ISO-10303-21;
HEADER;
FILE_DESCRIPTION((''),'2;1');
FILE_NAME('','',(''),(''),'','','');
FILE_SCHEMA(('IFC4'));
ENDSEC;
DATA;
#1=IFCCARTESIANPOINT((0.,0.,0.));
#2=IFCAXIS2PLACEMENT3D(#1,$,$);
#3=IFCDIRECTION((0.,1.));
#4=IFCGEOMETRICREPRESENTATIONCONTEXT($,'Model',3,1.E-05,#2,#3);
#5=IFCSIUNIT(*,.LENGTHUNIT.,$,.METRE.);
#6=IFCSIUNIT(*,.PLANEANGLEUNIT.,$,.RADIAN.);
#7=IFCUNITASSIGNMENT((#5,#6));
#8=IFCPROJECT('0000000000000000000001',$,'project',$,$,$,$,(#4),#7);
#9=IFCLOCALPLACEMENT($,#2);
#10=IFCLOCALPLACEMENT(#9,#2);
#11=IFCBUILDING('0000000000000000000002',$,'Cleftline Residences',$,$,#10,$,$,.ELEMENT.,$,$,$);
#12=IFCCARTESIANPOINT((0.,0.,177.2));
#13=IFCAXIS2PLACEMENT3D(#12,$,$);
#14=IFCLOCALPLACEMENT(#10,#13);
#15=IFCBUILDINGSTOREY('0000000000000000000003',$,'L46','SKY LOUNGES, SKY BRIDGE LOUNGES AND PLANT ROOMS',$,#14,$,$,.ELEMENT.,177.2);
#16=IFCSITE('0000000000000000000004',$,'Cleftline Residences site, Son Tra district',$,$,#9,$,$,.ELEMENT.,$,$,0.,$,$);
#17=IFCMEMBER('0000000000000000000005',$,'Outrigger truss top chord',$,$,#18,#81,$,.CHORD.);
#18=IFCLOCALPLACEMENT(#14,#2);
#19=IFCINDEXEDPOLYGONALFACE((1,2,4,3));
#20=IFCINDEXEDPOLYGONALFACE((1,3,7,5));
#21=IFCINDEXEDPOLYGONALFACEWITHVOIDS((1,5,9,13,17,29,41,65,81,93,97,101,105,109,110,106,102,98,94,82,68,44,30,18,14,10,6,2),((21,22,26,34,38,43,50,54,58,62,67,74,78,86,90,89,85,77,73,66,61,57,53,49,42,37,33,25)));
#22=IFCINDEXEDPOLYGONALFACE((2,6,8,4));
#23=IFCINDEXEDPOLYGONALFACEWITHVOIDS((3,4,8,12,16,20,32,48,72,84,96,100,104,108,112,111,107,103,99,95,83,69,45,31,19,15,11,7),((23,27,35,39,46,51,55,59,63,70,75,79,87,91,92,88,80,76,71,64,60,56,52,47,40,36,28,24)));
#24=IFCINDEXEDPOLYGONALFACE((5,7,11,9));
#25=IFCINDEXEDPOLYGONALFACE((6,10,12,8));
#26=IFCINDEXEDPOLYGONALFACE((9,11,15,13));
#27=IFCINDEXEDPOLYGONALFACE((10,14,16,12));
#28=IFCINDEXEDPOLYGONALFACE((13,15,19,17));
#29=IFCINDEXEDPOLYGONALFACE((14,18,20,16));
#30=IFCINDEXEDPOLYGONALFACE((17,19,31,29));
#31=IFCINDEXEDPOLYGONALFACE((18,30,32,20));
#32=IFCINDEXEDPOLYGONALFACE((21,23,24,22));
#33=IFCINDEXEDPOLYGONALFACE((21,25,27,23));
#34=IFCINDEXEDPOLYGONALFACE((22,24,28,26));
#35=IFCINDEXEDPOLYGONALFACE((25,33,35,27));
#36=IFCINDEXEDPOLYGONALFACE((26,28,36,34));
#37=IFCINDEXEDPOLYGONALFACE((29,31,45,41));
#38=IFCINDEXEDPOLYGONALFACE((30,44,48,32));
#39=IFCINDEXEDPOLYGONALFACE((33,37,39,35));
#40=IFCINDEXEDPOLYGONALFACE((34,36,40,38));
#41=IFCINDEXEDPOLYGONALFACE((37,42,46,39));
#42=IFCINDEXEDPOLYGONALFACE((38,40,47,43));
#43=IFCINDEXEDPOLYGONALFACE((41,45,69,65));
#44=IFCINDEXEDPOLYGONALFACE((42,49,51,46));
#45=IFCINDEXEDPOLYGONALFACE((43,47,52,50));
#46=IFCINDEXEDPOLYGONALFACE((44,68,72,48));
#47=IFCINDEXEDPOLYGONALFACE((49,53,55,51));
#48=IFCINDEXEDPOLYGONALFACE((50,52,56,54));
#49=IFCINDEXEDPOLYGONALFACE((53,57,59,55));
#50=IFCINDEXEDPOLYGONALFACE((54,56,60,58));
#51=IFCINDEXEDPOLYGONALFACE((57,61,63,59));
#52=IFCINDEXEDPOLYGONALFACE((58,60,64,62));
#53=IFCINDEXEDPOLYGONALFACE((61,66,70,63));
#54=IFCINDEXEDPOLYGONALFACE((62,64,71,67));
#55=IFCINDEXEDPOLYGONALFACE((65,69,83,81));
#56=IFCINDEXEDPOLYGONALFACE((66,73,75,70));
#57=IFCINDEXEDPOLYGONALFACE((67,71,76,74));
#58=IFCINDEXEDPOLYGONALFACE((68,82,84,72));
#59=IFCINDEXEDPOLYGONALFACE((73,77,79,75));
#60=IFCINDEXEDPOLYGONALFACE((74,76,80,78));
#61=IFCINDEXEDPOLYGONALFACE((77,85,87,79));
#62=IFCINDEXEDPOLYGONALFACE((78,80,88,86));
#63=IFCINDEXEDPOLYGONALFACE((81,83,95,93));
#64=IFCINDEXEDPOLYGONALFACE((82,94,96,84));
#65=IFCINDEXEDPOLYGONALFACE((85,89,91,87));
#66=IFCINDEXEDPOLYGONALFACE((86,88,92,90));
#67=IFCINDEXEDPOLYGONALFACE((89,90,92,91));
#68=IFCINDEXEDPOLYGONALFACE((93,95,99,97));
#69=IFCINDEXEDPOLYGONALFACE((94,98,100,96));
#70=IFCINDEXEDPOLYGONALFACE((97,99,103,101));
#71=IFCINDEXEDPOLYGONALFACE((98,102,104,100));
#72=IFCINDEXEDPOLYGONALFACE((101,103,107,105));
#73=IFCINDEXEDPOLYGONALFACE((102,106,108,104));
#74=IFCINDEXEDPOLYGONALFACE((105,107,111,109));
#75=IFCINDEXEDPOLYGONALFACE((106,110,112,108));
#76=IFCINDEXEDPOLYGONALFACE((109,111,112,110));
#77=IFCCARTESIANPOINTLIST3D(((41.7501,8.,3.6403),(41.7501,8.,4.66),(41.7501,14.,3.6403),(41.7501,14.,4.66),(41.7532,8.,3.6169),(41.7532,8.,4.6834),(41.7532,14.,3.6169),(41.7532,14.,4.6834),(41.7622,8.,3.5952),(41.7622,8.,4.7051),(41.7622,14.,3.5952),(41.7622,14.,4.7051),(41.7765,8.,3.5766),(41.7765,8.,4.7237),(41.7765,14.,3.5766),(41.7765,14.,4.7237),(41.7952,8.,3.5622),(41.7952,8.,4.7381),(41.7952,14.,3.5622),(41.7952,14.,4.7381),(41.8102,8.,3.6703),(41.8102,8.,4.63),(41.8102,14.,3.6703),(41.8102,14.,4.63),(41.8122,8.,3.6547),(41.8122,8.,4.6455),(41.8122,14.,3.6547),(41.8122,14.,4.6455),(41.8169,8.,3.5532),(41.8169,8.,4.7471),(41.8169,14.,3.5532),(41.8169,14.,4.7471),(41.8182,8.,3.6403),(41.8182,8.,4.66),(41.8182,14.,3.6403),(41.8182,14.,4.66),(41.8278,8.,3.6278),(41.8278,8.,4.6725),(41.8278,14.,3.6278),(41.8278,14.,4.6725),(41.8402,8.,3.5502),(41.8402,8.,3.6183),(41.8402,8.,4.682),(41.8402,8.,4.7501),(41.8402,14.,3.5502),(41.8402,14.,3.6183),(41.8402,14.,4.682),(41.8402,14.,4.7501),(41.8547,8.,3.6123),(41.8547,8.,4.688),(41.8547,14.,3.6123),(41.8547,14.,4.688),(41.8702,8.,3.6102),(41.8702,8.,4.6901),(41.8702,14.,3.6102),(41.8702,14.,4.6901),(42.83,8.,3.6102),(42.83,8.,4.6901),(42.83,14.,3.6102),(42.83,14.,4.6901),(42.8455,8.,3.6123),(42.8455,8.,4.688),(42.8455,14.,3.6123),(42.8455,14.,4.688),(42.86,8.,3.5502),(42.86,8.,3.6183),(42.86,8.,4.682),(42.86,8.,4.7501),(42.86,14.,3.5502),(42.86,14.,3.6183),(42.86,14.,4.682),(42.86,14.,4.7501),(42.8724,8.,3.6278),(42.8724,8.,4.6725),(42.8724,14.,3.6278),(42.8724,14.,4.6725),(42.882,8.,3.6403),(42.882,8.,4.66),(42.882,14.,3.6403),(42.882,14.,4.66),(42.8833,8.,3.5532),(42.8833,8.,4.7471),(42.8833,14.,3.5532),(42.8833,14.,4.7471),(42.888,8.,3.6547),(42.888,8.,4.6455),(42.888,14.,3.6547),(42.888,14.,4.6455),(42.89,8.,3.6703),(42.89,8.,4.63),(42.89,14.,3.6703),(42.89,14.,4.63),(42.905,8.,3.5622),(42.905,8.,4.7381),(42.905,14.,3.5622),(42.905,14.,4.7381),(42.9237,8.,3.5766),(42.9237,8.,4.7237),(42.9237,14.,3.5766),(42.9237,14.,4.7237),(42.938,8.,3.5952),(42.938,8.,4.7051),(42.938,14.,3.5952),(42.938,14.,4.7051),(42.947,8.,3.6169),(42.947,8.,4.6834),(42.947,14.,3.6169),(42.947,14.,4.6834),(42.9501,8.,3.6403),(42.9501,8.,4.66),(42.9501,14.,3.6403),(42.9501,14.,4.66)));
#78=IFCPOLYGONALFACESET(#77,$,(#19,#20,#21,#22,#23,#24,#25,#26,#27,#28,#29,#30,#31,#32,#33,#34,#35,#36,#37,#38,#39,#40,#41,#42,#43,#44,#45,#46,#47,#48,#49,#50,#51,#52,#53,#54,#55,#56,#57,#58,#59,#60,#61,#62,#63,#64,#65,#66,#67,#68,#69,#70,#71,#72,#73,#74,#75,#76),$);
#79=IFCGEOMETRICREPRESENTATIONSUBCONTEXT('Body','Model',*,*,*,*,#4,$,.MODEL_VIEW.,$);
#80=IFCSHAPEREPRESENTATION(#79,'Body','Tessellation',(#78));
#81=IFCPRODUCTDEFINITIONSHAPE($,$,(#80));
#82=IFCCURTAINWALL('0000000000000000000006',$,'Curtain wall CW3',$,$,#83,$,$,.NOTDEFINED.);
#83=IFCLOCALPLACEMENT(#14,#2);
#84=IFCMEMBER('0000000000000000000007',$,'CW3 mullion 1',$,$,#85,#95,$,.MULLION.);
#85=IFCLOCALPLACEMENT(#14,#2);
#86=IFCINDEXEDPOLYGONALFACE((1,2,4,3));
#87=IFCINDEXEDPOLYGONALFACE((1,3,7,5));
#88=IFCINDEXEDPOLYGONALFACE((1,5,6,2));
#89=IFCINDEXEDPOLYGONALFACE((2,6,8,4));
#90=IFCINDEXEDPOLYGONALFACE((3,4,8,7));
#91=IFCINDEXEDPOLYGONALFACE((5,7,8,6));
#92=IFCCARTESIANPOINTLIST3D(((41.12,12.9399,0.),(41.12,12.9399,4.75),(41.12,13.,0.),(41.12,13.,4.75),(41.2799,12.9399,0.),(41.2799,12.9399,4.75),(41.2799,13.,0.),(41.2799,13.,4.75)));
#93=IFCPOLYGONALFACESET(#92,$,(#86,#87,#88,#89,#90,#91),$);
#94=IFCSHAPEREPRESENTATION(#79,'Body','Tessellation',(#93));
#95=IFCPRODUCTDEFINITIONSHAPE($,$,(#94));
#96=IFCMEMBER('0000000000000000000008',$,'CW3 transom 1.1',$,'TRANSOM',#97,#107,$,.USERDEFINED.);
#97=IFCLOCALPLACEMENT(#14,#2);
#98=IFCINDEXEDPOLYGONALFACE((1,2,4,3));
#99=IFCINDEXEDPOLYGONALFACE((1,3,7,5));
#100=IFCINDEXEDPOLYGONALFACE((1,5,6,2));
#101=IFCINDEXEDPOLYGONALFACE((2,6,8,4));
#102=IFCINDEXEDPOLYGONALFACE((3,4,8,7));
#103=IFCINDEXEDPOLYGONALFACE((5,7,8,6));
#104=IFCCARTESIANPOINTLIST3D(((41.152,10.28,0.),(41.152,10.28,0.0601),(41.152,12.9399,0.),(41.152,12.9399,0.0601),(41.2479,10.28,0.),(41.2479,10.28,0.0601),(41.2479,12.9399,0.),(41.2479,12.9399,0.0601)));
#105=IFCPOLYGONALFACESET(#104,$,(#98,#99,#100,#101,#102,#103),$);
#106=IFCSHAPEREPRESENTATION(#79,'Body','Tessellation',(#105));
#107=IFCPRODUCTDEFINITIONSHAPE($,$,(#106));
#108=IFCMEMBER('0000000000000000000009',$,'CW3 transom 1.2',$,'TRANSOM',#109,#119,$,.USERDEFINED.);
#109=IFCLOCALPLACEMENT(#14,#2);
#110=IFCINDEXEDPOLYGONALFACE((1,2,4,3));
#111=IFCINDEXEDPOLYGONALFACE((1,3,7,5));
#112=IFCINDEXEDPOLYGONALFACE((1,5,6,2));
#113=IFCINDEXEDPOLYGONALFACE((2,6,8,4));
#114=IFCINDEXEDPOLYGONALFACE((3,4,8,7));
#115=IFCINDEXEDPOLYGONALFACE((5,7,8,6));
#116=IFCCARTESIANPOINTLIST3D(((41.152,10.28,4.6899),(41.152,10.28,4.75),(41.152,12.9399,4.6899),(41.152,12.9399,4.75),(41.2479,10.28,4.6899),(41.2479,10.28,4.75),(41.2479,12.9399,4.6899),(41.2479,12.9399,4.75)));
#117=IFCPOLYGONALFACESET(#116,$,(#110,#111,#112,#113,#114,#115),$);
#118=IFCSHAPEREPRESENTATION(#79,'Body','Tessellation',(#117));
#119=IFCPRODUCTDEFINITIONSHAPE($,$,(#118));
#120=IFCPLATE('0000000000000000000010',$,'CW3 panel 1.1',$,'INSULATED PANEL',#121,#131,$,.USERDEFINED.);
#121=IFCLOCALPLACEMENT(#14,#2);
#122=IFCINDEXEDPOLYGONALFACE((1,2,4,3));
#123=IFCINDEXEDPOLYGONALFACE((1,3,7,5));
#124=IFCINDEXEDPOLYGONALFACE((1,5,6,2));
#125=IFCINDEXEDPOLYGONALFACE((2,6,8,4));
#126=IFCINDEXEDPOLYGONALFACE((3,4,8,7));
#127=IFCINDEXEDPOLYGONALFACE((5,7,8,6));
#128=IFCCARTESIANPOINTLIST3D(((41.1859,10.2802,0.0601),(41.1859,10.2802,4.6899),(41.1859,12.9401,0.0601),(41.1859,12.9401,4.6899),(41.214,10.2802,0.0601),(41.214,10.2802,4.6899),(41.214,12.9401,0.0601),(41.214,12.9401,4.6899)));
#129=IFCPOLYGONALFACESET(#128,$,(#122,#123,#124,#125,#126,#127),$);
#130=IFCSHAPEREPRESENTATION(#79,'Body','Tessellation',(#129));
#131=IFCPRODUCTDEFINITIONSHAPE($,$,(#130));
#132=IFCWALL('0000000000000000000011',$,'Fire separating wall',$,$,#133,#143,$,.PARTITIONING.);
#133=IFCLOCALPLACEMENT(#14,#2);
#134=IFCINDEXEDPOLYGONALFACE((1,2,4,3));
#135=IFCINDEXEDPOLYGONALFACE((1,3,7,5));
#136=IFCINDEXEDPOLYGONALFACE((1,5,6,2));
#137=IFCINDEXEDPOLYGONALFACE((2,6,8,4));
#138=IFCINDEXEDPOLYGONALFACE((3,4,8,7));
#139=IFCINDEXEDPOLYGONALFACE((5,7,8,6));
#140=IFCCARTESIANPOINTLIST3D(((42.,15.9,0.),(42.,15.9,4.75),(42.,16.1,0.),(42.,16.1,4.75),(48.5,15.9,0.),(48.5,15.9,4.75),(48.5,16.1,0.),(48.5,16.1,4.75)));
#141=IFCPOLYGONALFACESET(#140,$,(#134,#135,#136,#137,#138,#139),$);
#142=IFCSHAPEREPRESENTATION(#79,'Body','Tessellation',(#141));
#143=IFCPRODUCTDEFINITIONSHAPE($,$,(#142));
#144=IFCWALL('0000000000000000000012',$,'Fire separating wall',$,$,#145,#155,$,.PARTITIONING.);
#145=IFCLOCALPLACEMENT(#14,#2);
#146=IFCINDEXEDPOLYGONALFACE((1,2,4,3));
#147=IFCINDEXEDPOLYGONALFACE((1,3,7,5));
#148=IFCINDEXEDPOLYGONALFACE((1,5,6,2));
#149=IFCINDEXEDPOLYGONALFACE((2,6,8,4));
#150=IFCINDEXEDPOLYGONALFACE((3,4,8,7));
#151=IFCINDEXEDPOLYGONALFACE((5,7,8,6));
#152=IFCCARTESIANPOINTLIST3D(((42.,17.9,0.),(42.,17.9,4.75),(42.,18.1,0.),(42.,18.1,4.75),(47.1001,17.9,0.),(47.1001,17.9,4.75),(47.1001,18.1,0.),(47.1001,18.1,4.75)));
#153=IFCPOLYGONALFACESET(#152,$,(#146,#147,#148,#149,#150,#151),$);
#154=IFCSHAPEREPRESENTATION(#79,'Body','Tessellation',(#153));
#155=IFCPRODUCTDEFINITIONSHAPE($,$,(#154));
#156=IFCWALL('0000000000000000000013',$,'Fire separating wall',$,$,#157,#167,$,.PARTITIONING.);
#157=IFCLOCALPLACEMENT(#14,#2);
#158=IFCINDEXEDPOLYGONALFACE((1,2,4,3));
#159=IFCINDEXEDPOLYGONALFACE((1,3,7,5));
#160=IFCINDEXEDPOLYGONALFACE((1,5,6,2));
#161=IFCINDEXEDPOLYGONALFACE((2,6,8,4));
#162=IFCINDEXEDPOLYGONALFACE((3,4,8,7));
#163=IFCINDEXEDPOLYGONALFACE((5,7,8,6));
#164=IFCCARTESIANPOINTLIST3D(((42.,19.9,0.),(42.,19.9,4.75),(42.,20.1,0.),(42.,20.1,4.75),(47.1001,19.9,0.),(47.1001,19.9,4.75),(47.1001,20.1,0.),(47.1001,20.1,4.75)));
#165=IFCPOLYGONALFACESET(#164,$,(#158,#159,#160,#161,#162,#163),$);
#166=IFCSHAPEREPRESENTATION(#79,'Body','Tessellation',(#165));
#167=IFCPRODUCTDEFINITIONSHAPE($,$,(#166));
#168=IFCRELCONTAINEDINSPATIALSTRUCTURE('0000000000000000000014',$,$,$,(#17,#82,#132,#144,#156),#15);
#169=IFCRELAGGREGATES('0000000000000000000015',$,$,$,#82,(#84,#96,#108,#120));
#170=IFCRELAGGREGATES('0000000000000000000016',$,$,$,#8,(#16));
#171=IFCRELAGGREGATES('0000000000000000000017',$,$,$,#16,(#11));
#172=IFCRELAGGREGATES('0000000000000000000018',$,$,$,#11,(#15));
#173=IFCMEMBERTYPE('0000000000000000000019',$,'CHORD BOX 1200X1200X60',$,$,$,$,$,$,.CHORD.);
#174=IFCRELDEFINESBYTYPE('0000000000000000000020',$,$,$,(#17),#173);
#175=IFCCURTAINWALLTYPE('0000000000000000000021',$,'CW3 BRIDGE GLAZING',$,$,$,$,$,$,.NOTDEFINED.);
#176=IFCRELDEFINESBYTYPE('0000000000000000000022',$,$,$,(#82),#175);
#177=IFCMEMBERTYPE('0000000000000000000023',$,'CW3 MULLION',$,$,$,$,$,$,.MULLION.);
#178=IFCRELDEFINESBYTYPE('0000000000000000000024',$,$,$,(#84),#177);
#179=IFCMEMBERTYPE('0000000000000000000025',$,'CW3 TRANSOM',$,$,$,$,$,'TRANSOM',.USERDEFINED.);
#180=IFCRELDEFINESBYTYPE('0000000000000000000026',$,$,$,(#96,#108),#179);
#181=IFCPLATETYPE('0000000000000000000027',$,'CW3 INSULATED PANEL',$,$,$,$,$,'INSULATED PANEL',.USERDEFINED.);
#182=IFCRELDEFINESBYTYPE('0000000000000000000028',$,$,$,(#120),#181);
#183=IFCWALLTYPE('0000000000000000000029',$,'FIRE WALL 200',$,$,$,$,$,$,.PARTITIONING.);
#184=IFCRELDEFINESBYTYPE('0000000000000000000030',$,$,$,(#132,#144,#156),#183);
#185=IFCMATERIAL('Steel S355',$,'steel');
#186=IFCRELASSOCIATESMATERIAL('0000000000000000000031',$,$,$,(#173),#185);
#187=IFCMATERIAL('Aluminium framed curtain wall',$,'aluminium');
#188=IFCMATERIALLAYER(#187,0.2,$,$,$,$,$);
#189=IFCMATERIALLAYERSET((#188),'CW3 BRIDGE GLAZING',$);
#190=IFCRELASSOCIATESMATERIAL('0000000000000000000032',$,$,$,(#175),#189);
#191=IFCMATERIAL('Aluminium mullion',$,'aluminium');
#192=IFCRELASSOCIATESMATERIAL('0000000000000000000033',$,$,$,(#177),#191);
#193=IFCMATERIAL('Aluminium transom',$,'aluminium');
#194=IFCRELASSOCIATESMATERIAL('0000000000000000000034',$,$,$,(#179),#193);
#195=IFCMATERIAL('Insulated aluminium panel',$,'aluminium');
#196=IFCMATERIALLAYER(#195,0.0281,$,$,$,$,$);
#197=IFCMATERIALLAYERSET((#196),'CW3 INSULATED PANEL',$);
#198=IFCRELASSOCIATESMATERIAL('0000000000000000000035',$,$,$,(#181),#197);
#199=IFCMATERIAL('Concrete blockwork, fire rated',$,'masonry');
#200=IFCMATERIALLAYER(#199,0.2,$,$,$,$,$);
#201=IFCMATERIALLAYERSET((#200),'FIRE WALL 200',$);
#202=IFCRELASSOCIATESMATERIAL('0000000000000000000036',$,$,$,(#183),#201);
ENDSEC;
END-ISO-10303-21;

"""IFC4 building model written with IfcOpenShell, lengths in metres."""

from ifc_helpers import new_model, si_unit, direction, frame, frame_2d, origin, origin_2d, place, context, subcontext, project, spatial, rectangle, hollow_rectangle, extrude, material, layer, layer_set, material_profile, profile_set, type_object, element, aggregate, save


model = new_model("IFC4")

# Units and contexts
model_context = context("Model", 3, precision=1e-05, world=origin(), true_north=direction((0.0, 1.0)))
body_context = subcontext(model_context, "Body", "Model", "MODEL_VIEW")
ifc_project = project(units=[si_unit("LENGTHUNIT", "METRE"), si_unit("PLANEANGLEUNIT", "RADIAN")], contexts=[model_context])

# Site, building, storey
site_placement = place(None, origin())
site = spatial("IfcSite", under=ifc_project, at=site_placement, Name="Cleftline Residences site, Son Tra district", CompositionType="ELEMENT", RefElevation=0.0)
building_placement = place(site_placement, origin())
building = spatial("IfcBuilding", under=site, at=building_placement, Name="Cleftline Residences", CompositionType="ELEMENT")
storey_placement = place(building_placement, frame((0.0, 0.0, 177.2)))
storey = spatial("IfcBuildingStorey", under=building, at=storey_placement, Name="L46", Description="SKY LOUNGES, SKY BRIDGE LOUNGES AND PLANT ROOMS", CompositionType="ELEMENT", Elevation=177.2)

# Member
ifc_material_1 = material(Name="Steel S355", Category="steel")
ifc_material_profile_1 = material_profile(ifc_material_1, hollow_rectangle(XDim=1.2, YDim=1.2, WallThickness=0.0601, InnerFilletRadius=0.0601, OuterFilletRadius=0.0901, at=origin_2d()))
ifc_profile_set_1 = profile_set([ifc_material_profile_1], Name="Steel S355")
member_type_1 = type_object("IfcMemberType", Name="CHORD BOX 1200X1200X60", PredefinedType="CHORD", material=ifc_profile_set_1)
member_1_placement = place(storey_placement, frame((42.3501, 8.0, 4.1501), z_axis=(0.0, 1.0, 0.0), x_axis=(-1.0, 0.0, 0.0)))
element("IfcMember", 1, at=member_1_placement, inside=storey, type_object=member_type_1, Name="Outrigger truss top chord", PredefinedType="CHORD", context=body_context, shape_type="SweptSolid", body=[
    extrude(hollow_rectangle(XDim=1.2, YDim=1.2, WallThickness=0.0601, InnerFilletRadius=0.0601, OuterFilletRadius=0.0901, at=origin_2d()), origin(), (0.0, 0.0, 1.0), 6.0),
])

# Curtain wall, members, plate
ifc_material_2 = material(Name="Aluminium framed curtain wall", Category="aluminium")
ifc_layer_1 = layer(ifc_material_2, 0.2)
ifc_layer_set_1 = layer_set([ifc_layer_1], Name="CW3 BRIDGE GLAZING")
curtain_wall_type = type_object("IfcCurtainWallType", Name="CW3 BRIDGE GLAZING", PredefinedType="NOTDEFINED", material=ifc_layer_set_1)
curtain_wall_placement = place(storey_placement, origin())
curtain_wall = element("IfcCurtainWall", 2, at=curtain_wall_placement, inside=storey, type_object=curtain_wall_type, Name="Curtain wall CW3", PredefinedType="NOTDEFINED")
ifc_material_3 = material(Name="Aluminium mullion", Category="aluminium")
ifc_material_profile_2 = material_profile(ifc_material_3, rectangle(XDim=0.1599, YDim=0.0601, at=origin_2d()))
ifc_profile_set_2 = profile_set([ifc_material_profile_2], Name="Aluminium mullion")
member_type_2 = type_object("IfcMemberType", Name="CW3 MULLION", PredefinedType="MULLION", material=ifc_profile_set_2)
member_2_placement = place(storey_placement, frame((41.2, 12.97, 0.0), z_axis=(0.0, 0.0, 1.0), x_axis=(1.0, 0.0, 0.0)))
member_2 = element("IfcMember", 3, at=member_2_placement, type_object=member_type_2, Name="CW3 mullion 1", PredefinedType="MULLION", context=body_context, shape_type="SweptSolid", body=[
    extrude(rectangle(XDim=0.1599, YDim=0.0601, at=origin_2d()), origin(), (0.0, 0.0, 1.0), 4.75),
])
ifc_material_4 = material(Name="Aluminium transom", Category="aluminium")
ifc_material_profile_3 = material_profile(ifc_material_4, rectangle(XDim=0.0959, YDim=0.0601, at=origin_2d()))
ifc_profile_set_3 = profile_set([ifc_material_profile_3], Name="Aluminium transom")
member_type_3 = type_object("IfcMemberType", Name="CW3 TRANSOM", ElementType="TRANSOM", PredefinedType="USERDEFINED", material=ifc_profile_set_3)
member_3_placement = place(storey_placement, frame((41.2, 12.9399, 0.03), z_axis=(0.0, -1.0, 0.0), x_axis=(1.0, 0.0, 0.0)))
member_3 = element("IfcMember", 4, at=member_3_placement, type_object=member_type_3, Name="CW3 transom 1.1", ObjectType="TRANSOM", PredefinedType="USERDEFINED", context=body_context, shape_type="SweptSolid", body=[
    extrude(rectangle(XDim=0.0959, YDim=0.0601, at=origin_2d()), origin(), (0.0, 0.0, 1.0), 2.6599),
])
member_4_placement = place(storey_placement, frame((41.2, 12.9399, 4.72), z_axis=(0.0, -1.0, 0.0), x_axis=(1.0, 0.0, 0.0)))
member_4 = element("IfcMember", 5, at=member_4_placement, type_object=member_type_3, Name="CW3 transom 1.2", ObjectType="TRANSOM", PredefinedType="USERDEFINED", context=body_context, shape_type="SweptSolid", body=[
    extrude(rectangle(XDim=0.0959, YDim=0.0601, at=origin_2d()), origin(), (0.0, 0.0, 1.0), 2.6599),
])
ifc_material_5 = material(Name="Insulated aluminium panel", Category="aluminium")
ifc_layer_2 = layer(ifc_material_5, 0.0281)
ifc_layer_set_2 = layer_set([ifc_layer_2], Name="CW3 INSULATED PANEL")
plate_type = type_object("IfcPlateType", Name="CW3 INSULATED PANEL", ElementType="INSULATED PANEL", PredefinedType="USERDEFINED", material=ifc_layer_set_2)
plate_placement = place(storey_placement, frame((41.2, 11.6101, 0.0601), z_axis=(0.0, 0.0, 1.0), x_axis=(0.0, -1.0, 0.0)))
plate = element("IfcPlate", 6, at=plate_placement, type_object=plate_type, Name="CW3 panel 1.1", ObjectType="INSULATED PANEL", PredefinedType="USERDEFINED", context=body_context, shape_type="SweptSolid", body=[
    extrude(rectangle(XDim=2.6599, YDim=0.0281, at=origin_2d()), origin(), (0.0, 0.0, 1.0), 4.6299),
])
aggregate(curtain_wall, [member_2, member_3, member_4, plate])

# Walls
ifc_material_6 = material(Name="Concrete blockwork, fire rated", Category="masonry")
ifc_layer_3 = layer(ifc_material_6, 0.2)
ifc_layer_set_3 = layer_set([ifc_layer_3], Name="FIRE WALL 200")
wall_type_1 = type_object("IfcWallType", Name="FIRE WALL 200", PredefinedType="PARTITIONING", material=ifc_layer_set_3)
wall_1_placement = place(storey_placement, frame((42.0, 16.0, 0.0), z_axis=(0.0, 0.0, 1.0), x_axis=(1.0, 0.0, 0.0)))
element("IfcWall", 7, at=wall_1_placement, inside=storey, type_object=wall_type_1, Name="Fire separating wall", PredefinedType="PARTITIONING", context=body_context, shape_type="SweptSolid", body=[
    extrude(rectangle(XDim=6.5, YDim=0.2, at=frame_2d((3.25, 0.0))), origin(), (0.0, 0.0, 1.0), 4.75),
])
for number, where, z_axis, x_axis, name in (
    (8, (42.0, 18.0, 0.0), (0.0, 0.0, 1.0), (1.0, 0.0, 0.0), "Fire separating wall"),
    (9, (42.0, 20.0, 0.0), (0.0, 0.0, 1.0), (1.0, 0.0, 0.0), "Fire separating wall"),
):
    element("IfcWall", number, at=place(storey_placement, frame(where, z_axis=z_axis, x_axis=x_axis)), inside=storey, type_object=wall_type_1, Name=name, PredefinedType="PARTITIONING", context=body_context, shape_type="SweptSolid", body=[
        extrude(rectangle(XDim=5.1001, YDim=0.2, at=frame_2d((2.55, 0.0))), origin(), (0.0, 0.0, 1.0), 4.75),
    ])

save(model, "model.ifc")
